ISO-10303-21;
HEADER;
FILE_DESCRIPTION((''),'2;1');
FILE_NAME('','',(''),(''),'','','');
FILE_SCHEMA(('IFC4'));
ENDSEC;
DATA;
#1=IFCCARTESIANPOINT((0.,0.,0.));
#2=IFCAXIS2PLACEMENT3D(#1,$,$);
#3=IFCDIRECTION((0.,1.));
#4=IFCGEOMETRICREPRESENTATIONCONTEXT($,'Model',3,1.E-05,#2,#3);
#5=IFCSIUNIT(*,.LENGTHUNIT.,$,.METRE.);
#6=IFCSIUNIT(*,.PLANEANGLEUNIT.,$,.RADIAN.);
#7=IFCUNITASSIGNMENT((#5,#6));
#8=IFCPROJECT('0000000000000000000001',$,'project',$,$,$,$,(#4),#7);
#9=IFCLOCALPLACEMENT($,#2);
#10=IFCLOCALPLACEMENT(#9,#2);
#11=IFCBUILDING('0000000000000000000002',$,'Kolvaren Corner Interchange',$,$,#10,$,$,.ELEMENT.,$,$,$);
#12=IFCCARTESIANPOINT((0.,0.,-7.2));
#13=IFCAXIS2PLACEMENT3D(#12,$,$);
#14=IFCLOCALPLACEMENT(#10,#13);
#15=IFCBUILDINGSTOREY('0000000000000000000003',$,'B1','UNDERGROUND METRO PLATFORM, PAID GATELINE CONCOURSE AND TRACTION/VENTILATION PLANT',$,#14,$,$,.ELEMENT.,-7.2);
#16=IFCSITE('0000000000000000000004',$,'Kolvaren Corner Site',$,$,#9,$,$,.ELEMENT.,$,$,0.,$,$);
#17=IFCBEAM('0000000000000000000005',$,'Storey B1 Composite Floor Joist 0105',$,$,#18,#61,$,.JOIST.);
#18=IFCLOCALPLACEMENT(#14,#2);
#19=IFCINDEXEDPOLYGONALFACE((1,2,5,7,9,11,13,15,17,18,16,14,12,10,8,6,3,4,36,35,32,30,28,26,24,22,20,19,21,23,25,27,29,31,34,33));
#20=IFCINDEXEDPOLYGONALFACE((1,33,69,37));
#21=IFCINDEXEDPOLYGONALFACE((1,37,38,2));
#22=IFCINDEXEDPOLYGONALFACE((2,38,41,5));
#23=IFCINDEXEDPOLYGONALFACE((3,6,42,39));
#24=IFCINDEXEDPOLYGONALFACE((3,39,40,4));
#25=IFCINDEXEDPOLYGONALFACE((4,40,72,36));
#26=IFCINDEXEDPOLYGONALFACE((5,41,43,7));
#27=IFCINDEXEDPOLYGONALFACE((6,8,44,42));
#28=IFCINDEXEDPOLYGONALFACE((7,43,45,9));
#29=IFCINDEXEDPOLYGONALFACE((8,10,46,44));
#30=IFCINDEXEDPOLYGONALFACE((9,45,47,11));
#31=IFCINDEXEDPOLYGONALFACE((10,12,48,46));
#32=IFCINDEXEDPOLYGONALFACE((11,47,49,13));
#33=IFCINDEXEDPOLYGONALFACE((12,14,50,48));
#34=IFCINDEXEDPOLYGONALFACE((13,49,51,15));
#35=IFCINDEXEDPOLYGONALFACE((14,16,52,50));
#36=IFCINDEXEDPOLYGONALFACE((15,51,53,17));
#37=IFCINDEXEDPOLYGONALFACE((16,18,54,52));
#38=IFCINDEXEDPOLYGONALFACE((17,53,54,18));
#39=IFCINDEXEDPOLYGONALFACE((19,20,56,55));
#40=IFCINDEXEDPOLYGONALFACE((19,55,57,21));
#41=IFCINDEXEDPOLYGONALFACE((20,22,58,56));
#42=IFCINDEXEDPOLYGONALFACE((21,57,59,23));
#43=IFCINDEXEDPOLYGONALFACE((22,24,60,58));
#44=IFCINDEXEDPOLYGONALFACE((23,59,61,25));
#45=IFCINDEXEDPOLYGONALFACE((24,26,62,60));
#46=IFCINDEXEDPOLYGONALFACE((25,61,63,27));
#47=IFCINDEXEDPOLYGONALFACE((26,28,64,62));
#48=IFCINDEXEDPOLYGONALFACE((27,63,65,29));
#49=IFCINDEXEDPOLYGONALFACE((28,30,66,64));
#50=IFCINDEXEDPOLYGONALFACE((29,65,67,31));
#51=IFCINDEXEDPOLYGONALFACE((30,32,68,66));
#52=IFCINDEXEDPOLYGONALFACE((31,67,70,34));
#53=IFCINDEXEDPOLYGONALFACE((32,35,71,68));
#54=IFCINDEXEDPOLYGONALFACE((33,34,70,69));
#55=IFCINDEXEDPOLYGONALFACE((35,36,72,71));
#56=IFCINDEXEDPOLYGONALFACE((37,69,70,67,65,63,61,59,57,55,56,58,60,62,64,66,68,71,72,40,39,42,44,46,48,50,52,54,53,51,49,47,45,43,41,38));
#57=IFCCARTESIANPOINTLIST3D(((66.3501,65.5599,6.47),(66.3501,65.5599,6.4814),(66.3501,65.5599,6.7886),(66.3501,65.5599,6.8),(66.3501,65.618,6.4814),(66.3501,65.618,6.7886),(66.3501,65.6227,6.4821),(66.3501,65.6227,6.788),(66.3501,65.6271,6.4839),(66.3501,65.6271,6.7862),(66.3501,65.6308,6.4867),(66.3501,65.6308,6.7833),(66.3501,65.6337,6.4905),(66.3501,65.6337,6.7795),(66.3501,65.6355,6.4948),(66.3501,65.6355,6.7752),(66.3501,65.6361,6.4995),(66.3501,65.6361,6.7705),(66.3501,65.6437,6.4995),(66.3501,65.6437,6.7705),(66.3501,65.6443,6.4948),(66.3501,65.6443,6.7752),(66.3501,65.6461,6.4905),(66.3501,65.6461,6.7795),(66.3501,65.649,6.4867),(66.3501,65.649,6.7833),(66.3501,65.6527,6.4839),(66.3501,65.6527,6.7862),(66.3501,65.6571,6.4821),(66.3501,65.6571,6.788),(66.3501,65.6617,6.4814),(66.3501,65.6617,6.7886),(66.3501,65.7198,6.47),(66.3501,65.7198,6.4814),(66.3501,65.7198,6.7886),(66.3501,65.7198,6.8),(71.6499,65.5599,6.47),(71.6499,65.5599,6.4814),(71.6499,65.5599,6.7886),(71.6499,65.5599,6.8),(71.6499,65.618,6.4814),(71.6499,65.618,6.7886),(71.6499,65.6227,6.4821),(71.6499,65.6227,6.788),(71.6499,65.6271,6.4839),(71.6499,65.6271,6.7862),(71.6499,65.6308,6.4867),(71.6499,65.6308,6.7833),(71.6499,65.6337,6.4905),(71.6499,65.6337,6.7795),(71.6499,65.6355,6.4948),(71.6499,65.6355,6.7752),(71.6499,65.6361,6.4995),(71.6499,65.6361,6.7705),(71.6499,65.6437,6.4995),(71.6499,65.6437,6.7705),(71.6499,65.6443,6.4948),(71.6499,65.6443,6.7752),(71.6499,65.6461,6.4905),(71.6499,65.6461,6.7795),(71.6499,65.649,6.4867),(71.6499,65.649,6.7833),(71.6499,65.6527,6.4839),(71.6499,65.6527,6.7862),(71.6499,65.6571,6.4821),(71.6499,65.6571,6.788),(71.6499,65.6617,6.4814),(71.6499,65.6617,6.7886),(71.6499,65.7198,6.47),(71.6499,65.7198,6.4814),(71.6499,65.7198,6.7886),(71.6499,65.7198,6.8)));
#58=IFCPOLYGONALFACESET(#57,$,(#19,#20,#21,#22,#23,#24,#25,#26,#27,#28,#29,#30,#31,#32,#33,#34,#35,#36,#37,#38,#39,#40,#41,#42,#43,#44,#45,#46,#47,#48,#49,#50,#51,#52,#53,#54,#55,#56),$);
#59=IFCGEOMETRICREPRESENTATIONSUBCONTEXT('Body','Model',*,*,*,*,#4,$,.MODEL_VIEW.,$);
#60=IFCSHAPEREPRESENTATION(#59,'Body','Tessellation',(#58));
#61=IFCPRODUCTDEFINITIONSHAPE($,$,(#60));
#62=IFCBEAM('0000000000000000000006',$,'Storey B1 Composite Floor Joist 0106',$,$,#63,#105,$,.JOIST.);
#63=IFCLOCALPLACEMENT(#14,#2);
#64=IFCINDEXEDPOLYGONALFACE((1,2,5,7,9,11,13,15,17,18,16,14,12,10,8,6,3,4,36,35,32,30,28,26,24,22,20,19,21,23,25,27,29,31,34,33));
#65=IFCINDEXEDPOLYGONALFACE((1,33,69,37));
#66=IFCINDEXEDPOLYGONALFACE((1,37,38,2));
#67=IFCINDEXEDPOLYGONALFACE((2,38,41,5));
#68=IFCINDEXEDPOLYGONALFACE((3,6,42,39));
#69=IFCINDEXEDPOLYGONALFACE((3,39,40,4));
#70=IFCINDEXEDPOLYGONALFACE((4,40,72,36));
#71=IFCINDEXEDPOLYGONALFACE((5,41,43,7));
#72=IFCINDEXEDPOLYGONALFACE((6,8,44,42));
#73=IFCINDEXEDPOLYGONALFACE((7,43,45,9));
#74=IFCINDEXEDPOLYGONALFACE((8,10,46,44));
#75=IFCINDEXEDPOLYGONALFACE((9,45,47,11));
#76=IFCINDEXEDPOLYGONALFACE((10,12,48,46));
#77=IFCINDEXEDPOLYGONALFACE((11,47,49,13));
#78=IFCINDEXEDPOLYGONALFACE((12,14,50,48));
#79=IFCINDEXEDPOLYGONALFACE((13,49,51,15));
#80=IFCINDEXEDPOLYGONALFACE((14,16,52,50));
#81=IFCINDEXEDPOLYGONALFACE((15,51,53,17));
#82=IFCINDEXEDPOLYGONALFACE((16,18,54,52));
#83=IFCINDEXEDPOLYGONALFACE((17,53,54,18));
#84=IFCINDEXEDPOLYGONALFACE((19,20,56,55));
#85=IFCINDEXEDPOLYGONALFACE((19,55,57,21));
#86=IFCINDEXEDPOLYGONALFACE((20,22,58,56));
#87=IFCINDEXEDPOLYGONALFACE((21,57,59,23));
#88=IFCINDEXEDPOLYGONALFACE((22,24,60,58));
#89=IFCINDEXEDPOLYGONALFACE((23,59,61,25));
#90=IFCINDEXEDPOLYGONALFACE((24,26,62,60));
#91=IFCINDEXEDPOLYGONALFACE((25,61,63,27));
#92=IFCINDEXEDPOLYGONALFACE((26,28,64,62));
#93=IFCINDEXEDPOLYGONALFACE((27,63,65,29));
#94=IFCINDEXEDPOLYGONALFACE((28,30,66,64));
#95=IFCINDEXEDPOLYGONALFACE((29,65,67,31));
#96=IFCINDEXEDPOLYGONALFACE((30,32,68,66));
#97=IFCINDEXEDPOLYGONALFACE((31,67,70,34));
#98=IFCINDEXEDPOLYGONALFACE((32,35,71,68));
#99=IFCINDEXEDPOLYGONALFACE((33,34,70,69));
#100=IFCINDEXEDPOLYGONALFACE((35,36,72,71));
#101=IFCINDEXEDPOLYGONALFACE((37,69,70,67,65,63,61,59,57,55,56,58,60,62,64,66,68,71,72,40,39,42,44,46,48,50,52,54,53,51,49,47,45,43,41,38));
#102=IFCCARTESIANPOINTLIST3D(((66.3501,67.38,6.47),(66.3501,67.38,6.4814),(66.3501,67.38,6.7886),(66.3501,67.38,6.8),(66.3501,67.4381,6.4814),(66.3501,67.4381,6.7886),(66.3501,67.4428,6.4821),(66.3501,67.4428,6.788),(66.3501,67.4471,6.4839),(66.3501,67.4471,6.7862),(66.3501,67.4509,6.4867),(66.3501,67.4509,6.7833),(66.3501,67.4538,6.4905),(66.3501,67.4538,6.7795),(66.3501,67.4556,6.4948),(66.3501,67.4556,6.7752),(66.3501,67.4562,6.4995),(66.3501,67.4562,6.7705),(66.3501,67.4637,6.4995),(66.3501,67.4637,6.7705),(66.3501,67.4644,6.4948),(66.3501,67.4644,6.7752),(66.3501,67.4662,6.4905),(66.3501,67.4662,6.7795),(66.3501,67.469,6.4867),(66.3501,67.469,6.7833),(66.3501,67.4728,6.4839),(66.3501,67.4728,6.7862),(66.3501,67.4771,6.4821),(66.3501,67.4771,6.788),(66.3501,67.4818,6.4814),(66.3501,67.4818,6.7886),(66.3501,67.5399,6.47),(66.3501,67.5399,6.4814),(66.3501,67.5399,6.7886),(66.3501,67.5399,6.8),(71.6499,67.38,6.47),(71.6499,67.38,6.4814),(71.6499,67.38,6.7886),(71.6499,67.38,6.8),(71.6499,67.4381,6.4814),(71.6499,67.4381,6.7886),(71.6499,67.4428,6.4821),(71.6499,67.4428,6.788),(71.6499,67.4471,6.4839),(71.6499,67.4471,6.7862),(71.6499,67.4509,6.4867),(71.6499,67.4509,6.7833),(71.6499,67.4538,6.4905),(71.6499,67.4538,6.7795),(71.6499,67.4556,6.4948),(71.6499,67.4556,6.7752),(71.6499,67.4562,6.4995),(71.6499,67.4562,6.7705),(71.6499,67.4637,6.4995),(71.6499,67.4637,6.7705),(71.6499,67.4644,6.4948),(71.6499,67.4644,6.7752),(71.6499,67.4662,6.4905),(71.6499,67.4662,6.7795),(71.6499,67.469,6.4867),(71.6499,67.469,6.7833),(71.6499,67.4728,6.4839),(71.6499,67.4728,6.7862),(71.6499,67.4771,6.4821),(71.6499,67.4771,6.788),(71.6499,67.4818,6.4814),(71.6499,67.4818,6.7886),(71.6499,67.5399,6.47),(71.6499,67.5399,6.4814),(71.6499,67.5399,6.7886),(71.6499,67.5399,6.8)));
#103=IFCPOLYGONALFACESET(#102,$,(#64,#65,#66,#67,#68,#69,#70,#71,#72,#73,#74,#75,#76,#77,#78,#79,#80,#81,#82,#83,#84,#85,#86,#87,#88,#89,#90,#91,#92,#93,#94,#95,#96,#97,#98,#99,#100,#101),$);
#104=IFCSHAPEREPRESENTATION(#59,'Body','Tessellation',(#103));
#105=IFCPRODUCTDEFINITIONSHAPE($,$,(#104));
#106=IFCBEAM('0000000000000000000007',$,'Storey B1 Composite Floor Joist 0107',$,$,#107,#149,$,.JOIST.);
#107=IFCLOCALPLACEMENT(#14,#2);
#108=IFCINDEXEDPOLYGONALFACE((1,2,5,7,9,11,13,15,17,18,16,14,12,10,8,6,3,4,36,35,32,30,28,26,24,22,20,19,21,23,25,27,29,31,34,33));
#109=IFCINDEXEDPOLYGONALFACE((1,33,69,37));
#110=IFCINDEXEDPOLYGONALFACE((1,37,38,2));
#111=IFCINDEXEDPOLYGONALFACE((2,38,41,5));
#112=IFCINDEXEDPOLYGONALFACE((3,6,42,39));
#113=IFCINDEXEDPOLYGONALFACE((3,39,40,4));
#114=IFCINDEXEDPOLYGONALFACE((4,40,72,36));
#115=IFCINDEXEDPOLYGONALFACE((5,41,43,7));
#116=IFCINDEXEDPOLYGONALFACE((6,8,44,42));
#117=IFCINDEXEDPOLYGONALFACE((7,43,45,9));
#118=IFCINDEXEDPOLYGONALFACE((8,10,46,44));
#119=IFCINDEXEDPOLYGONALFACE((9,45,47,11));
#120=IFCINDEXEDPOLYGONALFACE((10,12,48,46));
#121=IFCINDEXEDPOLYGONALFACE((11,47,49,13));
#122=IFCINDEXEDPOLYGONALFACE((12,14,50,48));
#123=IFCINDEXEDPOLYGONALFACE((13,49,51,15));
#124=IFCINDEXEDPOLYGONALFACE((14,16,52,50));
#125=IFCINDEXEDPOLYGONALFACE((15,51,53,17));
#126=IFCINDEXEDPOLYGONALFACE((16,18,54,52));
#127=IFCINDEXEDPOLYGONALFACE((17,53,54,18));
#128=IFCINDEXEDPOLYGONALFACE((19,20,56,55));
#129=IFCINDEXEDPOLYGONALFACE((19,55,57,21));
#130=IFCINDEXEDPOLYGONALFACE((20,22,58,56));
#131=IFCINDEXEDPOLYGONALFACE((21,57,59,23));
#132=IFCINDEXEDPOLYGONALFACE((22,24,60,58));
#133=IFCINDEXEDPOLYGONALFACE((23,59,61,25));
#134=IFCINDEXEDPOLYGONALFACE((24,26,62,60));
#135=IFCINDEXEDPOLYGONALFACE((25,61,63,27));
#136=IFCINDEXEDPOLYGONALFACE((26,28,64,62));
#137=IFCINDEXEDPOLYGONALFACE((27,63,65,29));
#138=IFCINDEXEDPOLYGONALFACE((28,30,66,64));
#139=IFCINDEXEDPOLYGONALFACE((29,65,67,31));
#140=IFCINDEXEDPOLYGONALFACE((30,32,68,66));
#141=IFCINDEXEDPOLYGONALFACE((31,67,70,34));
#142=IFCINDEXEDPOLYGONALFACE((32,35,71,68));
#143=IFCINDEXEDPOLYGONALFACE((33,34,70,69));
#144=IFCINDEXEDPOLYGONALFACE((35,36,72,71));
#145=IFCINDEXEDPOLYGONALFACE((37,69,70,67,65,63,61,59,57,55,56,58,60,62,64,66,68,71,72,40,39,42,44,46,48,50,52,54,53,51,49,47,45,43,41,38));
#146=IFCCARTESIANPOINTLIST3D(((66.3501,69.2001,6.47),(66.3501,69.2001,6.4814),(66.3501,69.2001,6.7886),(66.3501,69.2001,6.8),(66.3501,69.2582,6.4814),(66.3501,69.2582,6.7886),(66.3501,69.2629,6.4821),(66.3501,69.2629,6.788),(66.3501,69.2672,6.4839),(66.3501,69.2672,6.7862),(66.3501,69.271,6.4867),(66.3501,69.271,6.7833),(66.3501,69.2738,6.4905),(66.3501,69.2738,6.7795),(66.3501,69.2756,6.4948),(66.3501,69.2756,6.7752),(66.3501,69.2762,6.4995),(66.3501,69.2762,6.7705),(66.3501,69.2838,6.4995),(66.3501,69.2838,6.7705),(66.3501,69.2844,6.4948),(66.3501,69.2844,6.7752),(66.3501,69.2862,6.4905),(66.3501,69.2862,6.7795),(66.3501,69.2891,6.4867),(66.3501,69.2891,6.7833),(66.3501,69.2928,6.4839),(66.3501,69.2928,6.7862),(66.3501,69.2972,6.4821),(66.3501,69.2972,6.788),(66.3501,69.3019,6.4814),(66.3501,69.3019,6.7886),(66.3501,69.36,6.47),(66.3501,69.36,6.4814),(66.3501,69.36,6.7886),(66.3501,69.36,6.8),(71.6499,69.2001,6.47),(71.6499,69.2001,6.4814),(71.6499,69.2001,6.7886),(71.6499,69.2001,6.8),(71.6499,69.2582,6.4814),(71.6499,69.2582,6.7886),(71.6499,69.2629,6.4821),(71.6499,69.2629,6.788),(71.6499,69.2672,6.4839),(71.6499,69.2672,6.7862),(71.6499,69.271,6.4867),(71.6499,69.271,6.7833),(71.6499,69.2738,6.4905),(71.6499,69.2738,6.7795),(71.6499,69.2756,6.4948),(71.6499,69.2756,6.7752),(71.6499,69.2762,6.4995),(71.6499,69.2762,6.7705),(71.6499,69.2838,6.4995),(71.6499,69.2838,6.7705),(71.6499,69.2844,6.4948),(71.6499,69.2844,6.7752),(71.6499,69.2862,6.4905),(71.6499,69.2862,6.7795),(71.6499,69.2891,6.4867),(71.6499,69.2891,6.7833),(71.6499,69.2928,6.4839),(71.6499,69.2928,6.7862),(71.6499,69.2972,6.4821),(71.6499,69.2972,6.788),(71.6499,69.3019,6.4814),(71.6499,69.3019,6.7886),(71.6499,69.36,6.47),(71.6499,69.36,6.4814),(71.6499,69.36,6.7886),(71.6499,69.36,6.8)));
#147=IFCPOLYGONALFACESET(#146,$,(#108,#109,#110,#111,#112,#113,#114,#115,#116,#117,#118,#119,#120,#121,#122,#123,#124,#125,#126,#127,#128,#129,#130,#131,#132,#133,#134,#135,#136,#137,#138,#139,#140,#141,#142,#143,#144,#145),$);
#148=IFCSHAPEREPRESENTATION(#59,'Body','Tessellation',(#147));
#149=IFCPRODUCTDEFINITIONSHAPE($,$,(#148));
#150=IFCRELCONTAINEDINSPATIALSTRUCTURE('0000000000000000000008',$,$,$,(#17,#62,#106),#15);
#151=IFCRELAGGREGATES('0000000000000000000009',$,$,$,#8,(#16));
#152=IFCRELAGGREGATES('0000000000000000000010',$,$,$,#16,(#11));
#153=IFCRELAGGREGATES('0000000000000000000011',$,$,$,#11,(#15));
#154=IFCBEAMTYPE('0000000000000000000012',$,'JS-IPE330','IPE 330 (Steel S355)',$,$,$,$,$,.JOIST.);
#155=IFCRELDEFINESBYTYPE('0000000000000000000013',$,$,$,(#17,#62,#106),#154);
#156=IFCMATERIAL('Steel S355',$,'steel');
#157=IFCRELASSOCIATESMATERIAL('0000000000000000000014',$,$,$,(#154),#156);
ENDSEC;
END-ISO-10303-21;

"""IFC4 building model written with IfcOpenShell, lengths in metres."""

from ifc_helpers import new_model, si_unit, direction, frame, origin, origin_2d, place, context, subcontext, project, spatial, i_section, extrude, material, material_profile, profile_set, type_object, element, save


model = new_model("IFC4")

# Units and contexts
model_context = context("Model", 3, precision=1e-05, world=origin(), true_north=direction((0.0, 1.0)))
body_context = subcontext(model_context, "Body", "Model", "MODEL_VIEW")
ifc_project = project(units=[si_unit("LENGTHUNIT", "METRE"), si_unit("PLANEANGLEUNIT", "RADIAN")], contexts=[model_context])

# Site, building, storey
site_placement = place(None, origin())
site = spatial("IfcSite", under=ifc_project, at=site_placement, Name="Kolvaren Corner Site", CompositionType="ELEMENT", RefElevation=0.0)
building_placement = place(site_placement, origin())
building = spatial("IfcBuilding", under=site, at=building_placement, Name="Kolvaren Corner Interchange", CompositionType="ELEMENT")
storey_placement = place(building_placement, frame((0.0, 0.0, -7.2)))
storey = spatial("IfcBuildingStorey", under=building, at=storey_placement, Name="B1", Description="UNDERGROUND METRO PLATFORM, PAID GATELINE CONCOURSE AND TRACTION/VENTILATION PLANT", CompositionType="ELEMENT", Elevation=-7.2)

# Beams
ifc_material_1 = material(Name="Steel S355", Category="steel")
ifc_material_profile_1 = material_profile(ifc_material_1, i_section(OverallWidth=0.1599, OverallDepth=0.3301, WebThickness=0.0076, FlangeThickness=0.0115, FilletRadius=0.0181, at=origin_2d()), Name="IPE 330")
ifc_profile_set_1 = profile_set([ifc_material_profile_1], Name="Steel S355")
beam_type_1 = type_object("IfcBeamType", Name="JS-IPE330", Description="IPE 330 (Steel S355)", PredefinedType="JOIST", material=ifc_profile_set_1)
for number, where, z_axis, x_axis, name in (
    (1, (66.3501, 65.6399, 6.635), (1.0, 0.0, 0.0), (0.0, 1.0, 0.0), "Storey B1 Composite Floor Joist 0105"),
    (2, (66.3501, 67.46, 6.635), (1.0, 0.0, 0.0), (0.0, 1.0, 0.0), "Storey B1 Composite Floor Joist 0106"),
    (3, (66.3501, 69.28, 6.635), (1.0, 0.0, 0.0), (0.0, 1.0, 0.0), "Storey B1 Composite Floor Joist 0107"),
):
    element("IfcBeam", number, at=place(storey_placement, frame(where, z_axis=z_axis, x_axis=x_axis)), inside=storey, type_object=beam_type_1, Name=name, PredefinedType="JOIST", context=body_context, shape_type="SweptSolid", body=[
        extrude(i_section(OverallWidth=0.1599, OverallDepth=0.3301, WebThickness=0.0076, FlangeThickness=0.0115, FilletRadius=0.0181, at=origin_2d()), origin(), (0.0, 0.0, 1.0), 5.2998),
    ])

save(model, "model.ifc")
